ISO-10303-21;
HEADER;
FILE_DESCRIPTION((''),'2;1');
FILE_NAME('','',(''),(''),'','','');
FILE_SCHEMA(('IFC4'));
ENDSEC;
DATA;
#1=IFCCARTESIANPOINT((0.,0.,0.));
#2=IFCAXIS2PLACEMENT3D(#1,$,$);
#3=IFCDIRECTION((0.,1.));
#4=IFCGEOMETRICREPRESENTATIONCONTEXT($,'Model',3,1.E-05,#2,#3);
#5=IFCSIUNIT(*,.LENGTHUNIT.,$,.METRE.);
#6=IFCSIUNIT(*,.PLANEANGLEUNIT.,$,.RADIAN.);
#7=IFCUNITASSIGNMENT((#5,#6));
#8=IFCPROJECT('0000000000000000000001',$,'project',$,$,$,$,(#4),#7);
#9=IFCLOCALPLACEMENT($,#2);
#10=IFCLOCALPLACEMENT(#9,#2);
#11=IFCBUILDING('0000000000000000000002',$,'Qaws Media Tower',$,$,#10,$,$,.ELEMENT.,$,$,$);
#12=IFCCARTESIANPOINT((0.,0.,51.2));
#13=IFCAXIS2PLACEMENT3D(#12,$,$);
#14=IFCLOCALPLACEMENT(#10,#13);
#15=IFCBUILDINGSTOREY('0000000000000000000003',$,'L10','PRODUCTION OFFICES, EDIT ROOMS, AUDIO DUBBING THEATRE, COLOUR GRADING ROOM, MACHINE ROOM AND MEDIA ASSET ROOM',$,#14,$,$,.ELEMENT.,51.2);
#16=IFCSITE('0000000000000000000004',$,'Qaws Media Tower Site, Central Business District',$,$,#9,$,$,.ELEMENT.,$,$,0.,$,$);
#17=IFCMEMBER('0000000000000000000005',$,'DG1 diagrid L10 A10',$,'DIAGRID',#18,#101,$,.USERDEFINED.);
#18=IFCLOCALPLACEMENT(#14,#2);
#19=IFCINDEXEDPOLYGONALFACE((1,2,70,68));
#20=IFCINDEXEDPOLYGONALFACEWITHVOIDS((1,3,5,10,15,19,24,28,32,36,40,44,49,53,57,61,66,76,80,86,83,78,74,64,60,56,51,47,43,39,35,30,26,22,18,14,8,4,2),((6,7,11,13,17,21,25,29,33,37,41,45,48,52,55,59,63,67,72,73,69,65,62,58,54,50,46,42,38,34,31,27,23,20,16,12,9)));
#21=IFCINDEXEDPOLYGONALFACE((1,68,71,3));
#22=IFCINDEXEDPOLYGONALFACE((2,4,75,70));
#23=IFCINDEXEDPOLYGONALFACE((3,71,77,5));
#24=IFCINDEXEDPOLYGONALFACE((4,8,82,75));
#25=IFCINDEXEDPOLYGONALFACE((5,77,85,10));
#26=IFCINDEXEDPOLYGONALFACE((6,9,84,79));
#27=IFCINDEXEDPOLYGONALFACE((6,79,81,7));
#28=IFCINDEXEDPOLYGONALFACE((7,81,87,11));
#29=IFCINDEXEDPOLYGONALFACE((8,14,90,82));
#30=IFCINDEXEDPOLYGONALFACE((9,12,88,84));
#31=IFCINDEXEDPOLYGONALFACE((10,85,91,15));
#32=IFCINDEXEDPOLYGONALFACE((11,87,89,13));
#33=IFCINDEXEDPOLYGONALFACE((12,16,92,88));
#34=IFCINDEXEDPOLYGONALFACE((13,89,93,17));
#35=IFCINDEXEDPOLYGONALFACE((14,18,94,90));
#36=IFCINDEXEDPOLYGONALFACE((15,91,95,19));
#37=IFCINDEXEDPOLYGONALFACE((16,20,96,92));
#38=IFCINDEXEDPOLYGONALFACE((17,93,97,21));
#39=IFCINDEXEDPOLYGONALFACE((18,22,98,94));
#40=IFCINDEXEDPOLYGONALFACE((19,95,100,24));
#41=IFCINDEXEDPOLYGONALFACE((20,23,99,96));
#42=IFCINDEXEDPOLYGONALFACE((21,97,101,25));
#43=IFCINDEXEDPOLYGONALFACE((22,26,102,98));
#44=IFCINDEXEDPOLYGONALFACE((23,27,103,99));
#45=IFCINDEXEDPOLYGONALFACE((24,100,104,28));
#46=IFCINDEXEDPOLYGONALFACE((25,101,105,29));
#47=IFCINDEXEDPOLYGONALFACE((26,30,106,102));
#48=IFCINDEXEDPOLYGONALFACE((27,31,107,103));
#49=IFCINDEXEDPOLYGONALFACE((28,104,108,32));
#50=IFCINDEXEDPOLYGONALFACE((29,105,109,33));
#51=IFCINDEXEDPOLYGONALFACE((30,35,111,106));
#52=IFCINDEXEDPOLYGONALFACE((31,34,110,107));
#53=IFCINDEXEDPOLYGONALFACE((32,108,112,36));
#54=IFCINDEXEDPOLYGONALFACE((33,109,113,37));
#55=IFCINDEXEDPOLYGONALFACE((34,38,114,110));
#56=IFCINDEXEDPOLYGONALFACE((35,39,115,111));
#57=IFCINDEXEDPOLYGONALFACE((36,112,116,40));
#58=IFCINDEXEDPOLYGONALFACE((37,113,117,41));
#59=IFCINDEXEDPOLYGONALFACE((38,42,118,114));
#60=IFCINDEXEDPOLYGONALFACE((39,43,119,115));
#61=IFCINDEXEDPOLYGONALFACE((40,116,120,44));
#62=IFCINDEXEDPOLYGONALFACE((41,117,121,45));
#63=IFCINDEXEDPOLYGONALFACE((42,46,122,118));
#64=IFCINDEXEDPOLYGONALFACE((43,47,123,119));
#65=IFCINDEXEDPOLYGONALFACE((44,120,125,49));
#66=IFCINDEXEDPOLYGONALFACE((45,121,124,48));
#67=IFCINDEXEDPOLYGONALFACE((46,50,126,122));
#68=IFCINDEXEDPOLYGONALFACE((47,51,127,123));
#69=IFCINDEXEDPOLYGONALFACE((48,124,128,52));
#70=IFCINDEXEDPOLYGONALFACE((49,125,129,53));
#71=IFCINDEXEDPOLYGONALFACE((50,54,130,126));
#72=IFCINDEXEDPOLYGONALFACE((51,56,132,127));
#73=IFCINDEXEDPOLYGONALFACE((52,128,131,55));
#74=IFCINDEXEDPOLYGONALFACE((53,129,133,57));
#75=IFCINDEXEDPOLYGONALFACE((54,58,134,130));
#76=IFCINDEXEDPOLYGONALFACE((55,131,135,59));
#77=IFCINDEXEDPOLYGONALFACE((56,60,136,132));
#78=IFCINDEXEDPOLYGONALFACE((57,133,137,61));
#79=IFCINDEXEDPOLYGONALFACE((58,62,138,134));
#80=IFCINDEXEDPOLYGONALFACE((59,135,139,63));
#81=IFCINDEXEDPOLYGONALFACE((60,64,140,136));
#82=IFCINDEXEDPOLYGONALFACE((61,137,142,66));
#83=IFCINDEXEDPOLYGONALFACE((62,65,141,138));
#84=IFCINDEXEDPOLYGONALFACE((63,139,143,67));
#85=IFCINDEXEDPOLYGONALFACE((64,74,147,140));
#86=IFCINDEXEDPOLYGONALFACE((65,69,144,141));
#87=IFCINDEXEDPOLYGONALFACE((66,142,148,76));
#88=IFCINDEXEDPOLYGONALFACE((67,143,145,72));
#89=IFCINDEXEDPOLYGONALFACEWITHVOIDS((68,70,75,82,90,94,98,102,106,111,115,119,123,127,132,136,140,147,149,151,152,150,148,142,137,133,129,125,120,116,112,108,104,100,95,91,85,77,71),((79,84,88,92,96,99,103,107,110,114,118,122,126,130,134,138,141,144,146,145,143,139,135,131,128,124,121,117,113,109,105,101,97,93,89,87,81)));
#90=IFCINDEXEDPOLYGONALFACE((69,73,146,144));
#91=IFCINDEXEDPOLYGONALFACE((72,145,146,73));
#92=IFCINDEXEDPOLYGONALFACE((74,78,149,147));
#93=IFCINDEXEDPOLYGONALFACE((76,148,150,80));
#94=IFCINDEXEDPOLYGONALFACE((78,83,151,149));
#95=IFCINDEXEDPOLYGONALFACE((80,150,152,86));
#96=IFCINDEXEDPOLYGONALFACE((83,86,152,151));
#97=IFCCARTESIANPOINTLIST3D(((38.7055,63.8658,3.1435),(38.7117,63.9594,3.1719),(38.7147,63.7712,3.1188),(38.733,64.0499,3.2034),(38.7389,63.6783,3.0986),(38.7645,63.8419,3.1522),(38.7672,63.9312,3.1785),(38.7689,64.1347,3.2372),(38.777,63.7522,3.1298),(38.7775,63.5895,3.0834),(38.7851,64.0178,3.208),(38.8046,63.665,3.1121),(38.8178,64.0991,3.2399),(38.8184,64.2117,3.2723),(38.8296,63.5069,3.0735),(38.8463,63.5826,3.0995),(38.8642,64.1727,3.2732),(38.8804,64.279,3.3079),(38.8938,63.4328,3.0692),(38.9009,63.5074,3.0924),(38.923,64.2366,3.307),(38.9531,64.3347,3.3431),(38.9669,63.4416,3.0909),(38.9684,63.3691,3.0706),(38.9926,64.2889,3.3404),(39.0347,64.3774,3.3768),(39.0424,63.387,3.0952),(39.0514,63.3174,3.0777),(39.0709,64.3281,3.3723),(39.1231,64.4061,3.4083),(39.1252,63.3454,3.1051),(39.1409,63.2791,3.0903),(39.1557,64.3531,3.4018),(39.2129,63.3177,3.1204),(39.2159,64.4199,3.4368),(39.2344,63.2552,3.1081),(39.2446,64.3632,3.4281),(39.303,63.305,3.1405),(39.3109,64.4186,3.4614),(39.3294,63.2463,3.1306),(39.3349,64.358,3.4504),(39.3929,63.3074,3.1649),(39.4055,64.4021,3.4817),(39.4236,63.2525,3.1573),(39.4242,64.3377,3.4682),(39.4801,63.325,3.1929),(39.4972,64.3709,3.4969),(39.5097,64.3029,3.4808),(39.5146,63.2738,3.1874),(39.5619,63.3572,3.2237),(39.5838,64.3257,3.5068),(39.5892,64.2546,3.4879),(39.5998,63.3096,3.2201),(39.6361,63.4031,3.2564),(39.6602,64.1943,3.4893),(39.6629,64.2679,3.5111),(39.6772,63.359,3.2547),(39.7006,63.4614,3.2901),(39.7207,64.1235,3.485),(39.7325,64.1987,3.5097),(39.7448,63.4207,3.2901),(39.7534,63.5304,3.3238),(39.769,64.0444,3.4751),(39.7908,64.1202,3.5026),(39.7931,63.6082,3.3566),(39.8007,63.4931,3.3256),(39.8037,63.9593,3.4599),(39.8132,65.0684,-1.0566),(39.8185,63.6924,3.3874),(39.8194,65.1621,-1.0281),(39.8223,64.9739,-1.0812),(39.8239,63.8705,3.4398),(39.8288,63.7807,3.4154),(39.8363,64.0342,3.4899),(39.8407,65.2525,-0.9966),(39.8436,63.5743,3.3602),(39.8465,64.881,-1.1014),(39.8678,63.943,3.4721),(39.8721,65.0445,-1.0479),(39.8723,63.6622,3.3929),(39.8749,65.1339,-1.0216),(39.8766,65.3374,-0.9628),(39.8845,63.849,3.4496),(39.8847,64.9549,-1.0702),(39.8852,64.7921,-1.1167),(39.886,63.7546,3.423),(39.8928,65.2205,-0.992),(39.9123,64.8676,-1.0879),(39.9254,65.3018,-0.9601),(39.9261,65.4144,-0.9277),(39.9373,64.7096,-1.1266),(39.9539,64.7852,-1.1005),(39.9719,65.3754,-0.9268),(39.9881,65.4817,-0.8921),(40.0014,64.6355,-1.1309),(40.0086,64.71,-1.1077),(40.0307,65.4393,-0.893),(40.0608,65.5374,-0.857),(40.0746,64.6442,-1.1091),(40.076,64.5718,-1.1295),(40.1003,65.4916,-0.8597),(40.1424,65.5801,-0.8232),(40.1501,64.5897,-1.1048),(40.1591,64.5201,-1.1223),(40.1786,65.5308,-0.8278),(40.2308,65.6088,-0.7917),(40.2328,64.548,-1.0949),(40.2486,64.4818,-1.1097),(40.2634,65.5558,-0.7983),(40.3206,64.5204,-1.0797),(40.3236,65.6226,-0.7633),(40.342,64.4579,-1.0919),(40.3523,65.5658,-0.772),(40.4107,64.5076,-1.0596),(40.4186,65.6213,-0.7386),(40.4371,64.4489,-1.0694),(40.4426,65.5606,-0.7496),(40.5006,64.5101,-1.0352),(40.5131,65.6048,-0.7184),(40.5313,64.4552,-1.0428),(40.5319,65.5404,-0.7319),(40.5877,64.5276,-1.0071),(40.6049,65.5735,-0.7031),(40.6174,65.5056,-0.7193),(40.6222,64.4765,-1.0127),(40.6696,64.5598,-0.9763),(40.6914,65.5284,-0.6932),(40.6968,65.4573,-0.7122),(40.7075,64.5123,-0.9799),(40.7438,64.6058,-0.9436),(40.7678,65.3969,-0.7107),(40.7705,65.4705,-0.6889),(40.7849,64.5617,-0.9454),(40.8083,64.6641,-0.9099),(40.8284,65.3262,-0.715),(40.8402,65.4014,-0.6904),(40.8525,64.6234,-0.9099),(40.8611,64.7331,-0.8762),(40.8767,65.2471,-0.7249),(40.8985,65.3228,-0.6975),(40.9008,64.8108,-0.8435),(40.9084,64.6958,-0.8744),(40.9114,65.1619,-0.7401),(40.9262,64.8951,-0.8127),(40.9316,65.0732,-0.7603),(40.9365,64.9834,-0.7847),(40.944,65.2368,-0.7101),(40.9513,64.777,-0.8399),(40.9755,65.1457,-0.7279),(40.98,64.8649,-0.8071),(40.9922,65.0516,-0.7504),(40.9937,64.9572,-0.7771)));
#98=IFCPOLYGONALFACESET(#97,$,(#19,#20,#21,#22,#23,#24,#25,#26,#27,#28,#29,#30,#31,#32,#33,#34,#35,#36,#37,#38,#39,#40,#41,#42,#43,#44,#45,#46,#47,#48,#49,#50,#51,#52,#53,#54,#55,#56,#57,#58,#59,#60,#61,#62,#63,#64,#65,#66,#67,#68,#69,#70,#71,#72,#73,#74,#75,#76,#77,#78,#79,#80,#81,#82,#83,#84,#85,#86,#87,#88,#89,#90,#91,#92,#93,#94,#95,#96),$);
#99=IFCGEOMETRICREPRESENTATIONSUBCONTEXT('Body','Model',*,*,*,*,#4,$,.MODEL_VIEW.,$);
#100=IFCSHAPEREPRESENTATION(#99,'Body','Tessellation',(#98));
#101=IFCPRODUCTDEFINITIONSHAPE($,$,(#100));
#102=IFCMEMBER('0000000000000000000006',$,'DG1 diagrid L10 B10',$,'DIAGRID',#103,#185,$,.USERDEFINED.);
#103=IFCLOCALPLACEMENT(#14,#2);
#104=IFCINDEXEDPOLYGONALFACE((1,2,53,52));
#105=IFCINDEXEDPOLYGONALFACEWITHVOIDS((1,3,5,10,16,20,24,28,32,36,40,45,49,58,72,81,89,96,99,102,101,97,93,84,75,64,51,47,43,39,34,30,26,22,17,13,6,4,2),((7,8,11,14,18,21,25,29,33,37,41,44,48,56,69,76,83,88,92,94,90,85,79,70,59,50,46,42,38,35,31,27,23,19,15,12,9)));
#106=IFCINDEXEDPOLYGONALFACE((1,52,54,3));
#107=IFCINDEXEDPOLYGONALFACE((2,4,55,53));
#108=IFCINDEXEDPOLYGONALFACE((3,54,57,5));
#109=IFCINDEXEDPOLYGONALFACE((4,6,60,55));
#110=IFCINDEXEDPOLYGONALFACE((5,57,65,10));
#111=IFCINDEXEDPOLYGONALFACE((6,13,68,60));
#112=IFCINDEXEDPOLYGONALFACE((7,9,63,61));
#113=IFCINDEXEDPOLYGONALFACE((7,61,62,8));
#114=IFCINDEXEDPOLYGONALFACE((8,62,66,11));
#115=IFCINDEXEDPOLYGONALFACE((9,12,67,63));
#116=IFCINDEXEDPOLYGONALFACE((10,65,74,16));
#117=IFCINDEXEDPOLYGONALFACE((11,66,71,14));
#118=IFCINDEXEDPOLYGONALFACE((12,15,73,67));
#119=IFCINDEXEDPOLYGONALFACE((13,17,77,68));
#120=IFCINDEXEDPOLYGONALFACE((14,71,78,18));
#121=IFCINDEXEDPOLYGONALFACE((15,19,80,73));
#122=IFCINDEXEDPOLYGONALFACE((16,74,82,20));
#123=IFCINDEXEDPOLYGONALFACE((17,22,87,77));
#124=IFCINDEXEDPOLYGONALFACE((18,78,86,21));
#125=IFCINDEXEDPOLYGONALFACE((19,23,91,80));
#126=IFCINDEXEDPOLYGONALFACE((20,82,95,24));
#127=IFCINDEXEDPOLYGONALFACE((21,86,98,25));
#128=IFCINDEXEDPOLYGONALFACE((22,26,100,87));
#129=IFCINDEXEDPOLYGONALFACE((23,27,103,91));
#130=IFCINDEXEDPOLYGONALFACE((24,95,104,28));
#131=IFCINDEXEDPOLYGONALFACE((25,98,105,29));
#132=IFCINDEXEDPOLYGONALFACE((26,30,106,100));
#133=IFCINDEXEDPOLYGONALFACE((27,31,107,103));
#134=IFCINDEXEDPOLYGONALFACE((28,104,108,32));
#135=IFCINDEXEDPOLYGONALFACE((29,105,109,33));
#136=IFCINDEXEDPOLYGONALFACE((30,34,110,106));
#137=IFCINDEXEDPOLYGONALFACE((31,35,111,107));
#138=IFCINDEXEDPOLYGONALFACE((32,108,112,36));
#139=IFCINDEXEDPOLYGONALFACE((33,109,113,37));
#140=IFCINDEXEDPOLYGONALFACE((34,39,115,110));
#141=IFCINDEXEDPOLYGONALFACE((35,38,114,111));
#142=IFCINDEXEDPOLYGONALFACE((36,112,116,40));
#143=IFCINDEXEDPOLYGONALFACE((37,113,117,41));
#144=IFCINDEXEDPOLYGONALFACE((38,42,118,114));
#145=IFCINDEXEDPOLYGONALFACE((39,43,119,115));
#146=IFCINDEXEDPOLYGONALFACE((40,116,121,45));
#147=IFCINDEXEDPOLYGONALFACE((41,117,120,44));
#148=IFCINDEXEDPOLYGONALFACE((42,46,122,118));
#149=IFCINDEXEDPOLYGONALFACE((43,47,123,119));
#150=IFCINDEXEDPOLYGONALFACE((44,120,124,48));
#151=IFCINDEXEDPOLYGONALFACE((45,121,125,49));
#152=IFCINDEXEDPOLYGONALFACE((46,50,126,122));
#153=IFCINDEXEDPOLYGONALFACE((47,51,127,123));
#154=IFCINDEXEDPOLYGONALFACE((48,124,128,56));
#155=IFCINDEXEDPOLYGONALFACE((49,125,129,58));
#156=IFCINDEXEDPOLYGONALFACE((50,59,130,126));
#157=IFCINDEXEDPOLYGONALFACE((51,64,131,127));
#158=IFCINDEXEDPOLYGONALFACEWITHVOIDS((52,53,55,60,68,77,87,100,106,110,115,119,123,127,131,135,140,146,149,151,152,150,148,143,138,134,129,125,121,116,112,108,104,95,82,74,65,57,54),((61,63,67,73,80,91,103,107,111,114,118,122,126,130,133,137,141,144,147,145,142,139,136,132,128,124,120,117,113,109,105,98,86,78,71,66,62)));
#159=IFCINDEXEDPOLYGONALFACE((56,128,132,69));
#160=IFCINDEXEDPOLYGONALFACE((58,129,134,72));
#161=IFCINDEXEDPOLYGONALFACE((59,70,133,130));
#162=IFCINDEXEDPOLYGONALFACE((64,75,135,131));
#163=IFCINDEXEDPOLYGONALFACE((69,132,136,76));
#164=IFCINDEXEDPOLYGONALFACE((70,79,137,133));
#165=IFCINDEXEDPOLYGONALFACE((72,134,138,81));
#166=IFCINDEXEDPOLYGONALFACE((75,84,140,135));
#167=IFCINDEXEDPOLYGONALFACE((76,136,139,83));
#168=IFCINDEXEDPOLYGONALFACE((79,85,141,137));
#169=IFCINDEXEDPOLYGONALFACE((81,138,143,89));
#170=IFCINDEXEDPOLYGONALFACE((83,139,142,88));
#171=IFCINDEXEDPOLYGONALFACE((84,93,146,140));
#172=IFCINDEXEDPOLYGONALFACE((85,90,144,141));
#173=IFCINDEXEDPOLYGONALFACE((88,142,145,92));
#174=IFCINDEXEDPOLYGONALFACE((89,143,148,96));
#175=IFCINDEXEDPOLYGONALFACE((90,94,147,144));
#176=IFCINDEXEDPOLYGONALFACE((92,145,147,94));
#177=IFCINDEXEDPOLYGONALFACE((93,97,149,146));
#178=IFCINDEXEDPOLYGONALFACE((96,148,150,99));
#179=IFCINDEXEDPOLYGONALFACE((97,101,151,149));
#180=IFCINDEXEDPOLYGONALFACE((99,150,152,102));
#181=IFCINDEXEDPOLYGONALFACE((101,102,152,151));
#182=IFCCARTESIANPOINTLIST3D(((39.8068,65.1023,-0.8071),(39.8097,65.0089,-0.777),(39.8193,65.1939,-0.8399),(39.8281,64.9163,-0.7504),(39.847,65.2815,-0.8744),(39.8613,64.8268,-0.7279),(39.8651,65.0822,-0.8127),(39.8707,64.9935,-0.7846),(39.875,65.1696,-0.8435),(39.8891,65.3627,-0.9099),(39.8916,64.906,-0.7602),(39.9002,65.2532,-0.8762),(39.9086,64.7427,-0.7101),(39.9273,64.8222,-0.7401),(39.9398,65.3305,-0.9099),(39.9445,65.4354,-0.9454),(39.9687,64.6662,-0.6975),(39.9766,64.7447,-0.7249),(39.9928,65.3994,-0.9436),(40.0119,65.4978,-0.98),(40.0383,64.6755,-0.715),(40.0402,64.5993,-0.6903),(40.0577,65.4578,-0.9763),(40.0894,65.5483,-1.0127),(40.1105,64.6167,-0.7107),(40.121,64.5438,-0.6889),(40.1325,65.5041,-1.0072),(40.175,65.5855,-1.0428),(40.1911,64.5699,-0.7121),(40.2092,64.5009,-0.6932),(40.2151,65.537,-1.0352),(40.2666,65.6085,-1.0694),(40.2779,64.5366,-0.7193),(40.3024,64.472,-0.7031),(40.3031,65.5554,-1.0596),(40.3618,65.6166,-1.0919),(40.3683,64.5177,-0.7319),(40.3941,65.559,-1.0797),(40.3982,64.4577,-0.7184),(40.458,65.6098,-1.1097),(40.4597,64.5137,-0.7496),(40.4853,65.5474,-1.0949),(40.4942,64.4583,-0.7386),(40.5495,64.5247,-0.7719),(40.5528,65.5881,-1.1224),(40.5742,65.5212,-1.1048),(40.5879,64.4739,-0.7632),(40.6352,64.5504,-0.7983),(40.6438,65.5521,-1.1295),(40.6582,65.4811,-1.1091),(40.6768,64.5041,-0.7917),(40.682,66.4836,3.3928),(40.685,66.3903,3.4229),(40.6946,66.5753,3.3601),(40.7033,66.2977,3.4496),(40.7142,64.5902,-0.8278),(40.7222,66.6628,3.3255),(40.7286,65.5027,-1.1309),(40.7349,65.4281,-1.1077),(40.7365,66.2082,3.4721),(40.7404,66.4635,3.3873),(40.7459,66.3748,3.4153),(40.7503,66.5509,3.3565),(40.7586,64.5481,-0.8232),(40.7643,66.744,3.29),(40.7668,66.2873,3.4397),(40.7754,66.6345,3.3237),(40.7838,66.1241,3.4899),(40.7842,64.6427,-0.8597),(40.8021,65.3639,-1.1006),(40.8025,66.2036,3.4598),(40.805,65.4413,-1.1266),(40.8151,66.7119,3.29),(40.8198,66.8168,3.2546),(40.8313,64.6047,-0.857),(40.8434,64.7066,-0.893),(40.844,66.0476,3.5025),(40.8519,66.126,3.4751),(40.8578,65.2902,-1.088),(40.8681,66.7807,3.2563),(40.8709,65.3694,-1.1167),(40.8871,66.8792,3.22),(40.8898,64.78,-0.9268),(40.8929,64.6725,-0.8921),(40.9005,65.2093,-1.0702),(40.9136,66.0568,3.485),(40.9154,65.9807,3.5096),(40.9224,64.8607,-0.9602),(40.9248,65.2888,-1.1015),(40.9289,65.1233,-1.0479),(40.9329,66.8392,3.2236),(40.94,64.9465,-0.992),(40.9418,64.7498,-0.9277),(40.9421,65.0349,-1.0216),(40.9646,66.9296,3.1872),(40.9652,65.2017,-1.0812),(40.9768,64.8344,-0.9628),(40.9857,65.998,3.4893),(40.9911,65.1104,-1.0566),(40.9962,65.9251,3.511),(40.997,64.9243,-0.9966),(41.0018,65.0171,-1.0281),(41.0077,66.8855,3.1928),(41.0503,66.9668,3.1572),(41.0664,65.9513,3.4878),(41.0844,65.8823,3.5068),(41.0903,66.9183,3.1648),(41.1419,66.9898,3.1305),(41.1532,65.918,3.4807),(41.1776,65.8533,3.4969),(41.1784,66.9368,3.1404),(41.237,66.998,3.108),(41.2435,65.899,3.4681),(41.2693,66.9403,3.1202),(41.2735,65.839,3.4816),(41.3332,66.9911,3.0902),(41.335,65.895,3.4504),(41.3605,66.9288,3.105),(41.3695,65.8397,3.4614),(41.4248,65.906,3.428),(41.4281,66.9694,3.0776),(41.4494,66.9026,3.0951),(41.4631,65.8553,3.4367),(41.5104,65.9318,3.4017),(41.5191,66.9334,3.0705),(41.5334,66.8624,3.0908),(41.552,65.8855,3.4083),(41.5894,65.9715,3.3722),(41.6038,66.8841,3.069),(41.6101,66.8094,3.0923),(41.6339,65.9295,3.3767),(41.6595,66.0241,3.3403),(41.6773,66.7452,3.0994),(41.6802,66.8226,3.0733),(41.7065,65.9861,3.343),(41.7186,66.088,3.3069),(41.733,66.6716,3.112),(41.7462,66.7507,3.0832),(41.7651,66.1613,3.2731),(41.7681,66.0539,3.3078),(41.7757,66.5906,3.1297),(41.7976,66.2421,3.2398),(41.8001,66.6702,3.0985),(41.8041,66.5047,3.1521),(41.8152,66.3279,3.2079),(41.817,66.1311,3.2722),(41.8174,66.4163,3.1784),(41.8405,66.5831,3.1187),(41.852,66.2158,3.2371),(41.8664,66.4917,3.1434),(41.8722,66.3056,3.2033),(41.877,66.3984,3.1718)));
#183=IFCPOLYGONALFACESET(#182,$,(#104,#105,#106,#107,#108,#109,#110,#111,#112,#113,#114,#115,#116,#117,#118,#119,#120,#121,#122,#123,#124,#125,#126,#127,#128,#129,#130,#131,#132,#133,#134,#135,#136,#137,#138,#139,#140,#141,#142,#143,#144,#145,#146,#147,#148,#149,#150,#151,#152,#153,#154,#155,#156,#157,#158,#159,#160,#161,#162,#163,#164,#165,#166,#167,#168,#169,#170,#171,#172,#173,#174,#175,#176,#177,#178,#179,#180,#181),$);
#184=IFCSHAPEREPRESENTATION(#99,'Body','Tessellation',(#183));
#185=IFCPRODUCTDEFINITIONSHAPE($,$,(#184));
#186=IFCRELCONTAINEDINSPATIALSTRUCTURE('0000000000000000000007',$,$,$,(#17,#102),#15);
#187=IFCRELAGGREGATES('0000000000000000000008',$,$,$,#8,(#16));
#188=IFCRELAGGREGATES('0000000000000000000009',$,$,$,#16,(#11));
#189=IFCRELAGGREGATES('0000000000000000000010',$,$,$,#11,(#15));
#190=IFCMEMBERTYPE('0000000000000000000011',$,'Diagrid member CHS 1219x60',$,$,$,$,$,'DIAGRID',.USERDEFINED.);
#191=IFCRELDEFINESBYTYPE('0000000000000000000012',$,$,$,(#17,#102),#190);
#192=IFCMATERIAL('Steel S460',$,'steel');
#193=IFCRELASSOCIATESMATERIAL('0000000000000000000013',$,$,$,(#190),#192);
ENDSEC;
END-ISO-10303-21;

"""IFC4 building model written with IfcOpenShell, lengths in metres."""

from ifc_helpers import new_model, si_unit, direction, frame, origin, origin_2d, place, context, subcontext, project, spatial, hollow_circle, extrude, material, material_profile, profile_set, type_object, element, save


model = new_model("IFC4")

# Units and contexts
model_context = context("Model", 3, precision=1e-05, world=origin(), true_north=direction((0.0, 1.0)))
body_context = subcontext(model_context, "Body", "Model", "MODEL_VIEW")
ifc_project = project(units=[si_unit("LENGTHUNIT", "METRE"), si_unit("PLANEANGLEUNIT", "RADIAN")], contexts=[model_context])

# Site, building, storey
site_placement = place(None, origin())
site = spatial("IfcSite", under=ifc_project, at=site_placement, Name="Qaws Media Tower Site, Central Business District", CompositionType="ELEMENT", RefElevation=0.0)
building_placement = place(site_placement, origin())
building = spatial("IfcBuilding", under=site, at=building_placement, Name="Qaws Media Tower", CompositionType="ELEMENT")
storey_placement = place(building_placement, frame((0.0, 0.0, 51.2)))
storey = spatial("IfcBuildingStorey", under=building, at=storey_placement, Name="L10", Description="PRODUCTION OFFICES, EDIT ROOMS, AUDIO DUBBING THEATRE, COLOUR GRADING ROOM, MACHINE ROOM AND MEDIA ASSET ROOM", CompositionType="ELEMENT", Elevation=51.2)

# Members
ifc_material_1 = material(Name="Steel S460", Category="steel")
ifc_material_profile_1 = material_profile(ifc_material_1, hollow_circle(Radius=0.6096, WallThickness=0.0601, at=origin_2d()), Name="CHS 1219x60")
ifc_profile_set_1 = profile_set([ifc_material_profile_1], Name="Steel S460")
member_type_1 = type_object("IfcMemberType", Name="Diagrid member CHS 1219x60", ElementType="DIAGRID", PredefinedType="USERDEFINED", material=ifc_profile_set_1)
for number, where, z_axis, x_axis, name in (
    (1, (40.4041, 65.0364, -0.9099), (-0.245767, -0.266839, 0.931877), (0.735553, -0.677467, 0.0), "DG1 diagrid L10 A10"),
    (2, (40.4041, 65.0364, -0.9099), (0.194193, 0.306484, 0.931857), (-0.844711, 0.535223, 0.0), "DG1 diagrid L10 B10"),
):
    element("IfcMember", number, at=place(storey_placement, frame(where, z_axis=z_axis, x_axis=x_axis)), inside=storey, type_object=member_type_1, Name=name, ObjectType="DIAGRID", PredefinedType="USERDEFINED", context=body_context, shape_type="SweptSolid", body=[
        extrude(hollow_circle(Radius=0.6096, WallThickness=0.0601, at=origin_2d()), origin(), (0.0, 0.0, 1.0), 4.5071),
    ])

save(model, "model.ifc")
